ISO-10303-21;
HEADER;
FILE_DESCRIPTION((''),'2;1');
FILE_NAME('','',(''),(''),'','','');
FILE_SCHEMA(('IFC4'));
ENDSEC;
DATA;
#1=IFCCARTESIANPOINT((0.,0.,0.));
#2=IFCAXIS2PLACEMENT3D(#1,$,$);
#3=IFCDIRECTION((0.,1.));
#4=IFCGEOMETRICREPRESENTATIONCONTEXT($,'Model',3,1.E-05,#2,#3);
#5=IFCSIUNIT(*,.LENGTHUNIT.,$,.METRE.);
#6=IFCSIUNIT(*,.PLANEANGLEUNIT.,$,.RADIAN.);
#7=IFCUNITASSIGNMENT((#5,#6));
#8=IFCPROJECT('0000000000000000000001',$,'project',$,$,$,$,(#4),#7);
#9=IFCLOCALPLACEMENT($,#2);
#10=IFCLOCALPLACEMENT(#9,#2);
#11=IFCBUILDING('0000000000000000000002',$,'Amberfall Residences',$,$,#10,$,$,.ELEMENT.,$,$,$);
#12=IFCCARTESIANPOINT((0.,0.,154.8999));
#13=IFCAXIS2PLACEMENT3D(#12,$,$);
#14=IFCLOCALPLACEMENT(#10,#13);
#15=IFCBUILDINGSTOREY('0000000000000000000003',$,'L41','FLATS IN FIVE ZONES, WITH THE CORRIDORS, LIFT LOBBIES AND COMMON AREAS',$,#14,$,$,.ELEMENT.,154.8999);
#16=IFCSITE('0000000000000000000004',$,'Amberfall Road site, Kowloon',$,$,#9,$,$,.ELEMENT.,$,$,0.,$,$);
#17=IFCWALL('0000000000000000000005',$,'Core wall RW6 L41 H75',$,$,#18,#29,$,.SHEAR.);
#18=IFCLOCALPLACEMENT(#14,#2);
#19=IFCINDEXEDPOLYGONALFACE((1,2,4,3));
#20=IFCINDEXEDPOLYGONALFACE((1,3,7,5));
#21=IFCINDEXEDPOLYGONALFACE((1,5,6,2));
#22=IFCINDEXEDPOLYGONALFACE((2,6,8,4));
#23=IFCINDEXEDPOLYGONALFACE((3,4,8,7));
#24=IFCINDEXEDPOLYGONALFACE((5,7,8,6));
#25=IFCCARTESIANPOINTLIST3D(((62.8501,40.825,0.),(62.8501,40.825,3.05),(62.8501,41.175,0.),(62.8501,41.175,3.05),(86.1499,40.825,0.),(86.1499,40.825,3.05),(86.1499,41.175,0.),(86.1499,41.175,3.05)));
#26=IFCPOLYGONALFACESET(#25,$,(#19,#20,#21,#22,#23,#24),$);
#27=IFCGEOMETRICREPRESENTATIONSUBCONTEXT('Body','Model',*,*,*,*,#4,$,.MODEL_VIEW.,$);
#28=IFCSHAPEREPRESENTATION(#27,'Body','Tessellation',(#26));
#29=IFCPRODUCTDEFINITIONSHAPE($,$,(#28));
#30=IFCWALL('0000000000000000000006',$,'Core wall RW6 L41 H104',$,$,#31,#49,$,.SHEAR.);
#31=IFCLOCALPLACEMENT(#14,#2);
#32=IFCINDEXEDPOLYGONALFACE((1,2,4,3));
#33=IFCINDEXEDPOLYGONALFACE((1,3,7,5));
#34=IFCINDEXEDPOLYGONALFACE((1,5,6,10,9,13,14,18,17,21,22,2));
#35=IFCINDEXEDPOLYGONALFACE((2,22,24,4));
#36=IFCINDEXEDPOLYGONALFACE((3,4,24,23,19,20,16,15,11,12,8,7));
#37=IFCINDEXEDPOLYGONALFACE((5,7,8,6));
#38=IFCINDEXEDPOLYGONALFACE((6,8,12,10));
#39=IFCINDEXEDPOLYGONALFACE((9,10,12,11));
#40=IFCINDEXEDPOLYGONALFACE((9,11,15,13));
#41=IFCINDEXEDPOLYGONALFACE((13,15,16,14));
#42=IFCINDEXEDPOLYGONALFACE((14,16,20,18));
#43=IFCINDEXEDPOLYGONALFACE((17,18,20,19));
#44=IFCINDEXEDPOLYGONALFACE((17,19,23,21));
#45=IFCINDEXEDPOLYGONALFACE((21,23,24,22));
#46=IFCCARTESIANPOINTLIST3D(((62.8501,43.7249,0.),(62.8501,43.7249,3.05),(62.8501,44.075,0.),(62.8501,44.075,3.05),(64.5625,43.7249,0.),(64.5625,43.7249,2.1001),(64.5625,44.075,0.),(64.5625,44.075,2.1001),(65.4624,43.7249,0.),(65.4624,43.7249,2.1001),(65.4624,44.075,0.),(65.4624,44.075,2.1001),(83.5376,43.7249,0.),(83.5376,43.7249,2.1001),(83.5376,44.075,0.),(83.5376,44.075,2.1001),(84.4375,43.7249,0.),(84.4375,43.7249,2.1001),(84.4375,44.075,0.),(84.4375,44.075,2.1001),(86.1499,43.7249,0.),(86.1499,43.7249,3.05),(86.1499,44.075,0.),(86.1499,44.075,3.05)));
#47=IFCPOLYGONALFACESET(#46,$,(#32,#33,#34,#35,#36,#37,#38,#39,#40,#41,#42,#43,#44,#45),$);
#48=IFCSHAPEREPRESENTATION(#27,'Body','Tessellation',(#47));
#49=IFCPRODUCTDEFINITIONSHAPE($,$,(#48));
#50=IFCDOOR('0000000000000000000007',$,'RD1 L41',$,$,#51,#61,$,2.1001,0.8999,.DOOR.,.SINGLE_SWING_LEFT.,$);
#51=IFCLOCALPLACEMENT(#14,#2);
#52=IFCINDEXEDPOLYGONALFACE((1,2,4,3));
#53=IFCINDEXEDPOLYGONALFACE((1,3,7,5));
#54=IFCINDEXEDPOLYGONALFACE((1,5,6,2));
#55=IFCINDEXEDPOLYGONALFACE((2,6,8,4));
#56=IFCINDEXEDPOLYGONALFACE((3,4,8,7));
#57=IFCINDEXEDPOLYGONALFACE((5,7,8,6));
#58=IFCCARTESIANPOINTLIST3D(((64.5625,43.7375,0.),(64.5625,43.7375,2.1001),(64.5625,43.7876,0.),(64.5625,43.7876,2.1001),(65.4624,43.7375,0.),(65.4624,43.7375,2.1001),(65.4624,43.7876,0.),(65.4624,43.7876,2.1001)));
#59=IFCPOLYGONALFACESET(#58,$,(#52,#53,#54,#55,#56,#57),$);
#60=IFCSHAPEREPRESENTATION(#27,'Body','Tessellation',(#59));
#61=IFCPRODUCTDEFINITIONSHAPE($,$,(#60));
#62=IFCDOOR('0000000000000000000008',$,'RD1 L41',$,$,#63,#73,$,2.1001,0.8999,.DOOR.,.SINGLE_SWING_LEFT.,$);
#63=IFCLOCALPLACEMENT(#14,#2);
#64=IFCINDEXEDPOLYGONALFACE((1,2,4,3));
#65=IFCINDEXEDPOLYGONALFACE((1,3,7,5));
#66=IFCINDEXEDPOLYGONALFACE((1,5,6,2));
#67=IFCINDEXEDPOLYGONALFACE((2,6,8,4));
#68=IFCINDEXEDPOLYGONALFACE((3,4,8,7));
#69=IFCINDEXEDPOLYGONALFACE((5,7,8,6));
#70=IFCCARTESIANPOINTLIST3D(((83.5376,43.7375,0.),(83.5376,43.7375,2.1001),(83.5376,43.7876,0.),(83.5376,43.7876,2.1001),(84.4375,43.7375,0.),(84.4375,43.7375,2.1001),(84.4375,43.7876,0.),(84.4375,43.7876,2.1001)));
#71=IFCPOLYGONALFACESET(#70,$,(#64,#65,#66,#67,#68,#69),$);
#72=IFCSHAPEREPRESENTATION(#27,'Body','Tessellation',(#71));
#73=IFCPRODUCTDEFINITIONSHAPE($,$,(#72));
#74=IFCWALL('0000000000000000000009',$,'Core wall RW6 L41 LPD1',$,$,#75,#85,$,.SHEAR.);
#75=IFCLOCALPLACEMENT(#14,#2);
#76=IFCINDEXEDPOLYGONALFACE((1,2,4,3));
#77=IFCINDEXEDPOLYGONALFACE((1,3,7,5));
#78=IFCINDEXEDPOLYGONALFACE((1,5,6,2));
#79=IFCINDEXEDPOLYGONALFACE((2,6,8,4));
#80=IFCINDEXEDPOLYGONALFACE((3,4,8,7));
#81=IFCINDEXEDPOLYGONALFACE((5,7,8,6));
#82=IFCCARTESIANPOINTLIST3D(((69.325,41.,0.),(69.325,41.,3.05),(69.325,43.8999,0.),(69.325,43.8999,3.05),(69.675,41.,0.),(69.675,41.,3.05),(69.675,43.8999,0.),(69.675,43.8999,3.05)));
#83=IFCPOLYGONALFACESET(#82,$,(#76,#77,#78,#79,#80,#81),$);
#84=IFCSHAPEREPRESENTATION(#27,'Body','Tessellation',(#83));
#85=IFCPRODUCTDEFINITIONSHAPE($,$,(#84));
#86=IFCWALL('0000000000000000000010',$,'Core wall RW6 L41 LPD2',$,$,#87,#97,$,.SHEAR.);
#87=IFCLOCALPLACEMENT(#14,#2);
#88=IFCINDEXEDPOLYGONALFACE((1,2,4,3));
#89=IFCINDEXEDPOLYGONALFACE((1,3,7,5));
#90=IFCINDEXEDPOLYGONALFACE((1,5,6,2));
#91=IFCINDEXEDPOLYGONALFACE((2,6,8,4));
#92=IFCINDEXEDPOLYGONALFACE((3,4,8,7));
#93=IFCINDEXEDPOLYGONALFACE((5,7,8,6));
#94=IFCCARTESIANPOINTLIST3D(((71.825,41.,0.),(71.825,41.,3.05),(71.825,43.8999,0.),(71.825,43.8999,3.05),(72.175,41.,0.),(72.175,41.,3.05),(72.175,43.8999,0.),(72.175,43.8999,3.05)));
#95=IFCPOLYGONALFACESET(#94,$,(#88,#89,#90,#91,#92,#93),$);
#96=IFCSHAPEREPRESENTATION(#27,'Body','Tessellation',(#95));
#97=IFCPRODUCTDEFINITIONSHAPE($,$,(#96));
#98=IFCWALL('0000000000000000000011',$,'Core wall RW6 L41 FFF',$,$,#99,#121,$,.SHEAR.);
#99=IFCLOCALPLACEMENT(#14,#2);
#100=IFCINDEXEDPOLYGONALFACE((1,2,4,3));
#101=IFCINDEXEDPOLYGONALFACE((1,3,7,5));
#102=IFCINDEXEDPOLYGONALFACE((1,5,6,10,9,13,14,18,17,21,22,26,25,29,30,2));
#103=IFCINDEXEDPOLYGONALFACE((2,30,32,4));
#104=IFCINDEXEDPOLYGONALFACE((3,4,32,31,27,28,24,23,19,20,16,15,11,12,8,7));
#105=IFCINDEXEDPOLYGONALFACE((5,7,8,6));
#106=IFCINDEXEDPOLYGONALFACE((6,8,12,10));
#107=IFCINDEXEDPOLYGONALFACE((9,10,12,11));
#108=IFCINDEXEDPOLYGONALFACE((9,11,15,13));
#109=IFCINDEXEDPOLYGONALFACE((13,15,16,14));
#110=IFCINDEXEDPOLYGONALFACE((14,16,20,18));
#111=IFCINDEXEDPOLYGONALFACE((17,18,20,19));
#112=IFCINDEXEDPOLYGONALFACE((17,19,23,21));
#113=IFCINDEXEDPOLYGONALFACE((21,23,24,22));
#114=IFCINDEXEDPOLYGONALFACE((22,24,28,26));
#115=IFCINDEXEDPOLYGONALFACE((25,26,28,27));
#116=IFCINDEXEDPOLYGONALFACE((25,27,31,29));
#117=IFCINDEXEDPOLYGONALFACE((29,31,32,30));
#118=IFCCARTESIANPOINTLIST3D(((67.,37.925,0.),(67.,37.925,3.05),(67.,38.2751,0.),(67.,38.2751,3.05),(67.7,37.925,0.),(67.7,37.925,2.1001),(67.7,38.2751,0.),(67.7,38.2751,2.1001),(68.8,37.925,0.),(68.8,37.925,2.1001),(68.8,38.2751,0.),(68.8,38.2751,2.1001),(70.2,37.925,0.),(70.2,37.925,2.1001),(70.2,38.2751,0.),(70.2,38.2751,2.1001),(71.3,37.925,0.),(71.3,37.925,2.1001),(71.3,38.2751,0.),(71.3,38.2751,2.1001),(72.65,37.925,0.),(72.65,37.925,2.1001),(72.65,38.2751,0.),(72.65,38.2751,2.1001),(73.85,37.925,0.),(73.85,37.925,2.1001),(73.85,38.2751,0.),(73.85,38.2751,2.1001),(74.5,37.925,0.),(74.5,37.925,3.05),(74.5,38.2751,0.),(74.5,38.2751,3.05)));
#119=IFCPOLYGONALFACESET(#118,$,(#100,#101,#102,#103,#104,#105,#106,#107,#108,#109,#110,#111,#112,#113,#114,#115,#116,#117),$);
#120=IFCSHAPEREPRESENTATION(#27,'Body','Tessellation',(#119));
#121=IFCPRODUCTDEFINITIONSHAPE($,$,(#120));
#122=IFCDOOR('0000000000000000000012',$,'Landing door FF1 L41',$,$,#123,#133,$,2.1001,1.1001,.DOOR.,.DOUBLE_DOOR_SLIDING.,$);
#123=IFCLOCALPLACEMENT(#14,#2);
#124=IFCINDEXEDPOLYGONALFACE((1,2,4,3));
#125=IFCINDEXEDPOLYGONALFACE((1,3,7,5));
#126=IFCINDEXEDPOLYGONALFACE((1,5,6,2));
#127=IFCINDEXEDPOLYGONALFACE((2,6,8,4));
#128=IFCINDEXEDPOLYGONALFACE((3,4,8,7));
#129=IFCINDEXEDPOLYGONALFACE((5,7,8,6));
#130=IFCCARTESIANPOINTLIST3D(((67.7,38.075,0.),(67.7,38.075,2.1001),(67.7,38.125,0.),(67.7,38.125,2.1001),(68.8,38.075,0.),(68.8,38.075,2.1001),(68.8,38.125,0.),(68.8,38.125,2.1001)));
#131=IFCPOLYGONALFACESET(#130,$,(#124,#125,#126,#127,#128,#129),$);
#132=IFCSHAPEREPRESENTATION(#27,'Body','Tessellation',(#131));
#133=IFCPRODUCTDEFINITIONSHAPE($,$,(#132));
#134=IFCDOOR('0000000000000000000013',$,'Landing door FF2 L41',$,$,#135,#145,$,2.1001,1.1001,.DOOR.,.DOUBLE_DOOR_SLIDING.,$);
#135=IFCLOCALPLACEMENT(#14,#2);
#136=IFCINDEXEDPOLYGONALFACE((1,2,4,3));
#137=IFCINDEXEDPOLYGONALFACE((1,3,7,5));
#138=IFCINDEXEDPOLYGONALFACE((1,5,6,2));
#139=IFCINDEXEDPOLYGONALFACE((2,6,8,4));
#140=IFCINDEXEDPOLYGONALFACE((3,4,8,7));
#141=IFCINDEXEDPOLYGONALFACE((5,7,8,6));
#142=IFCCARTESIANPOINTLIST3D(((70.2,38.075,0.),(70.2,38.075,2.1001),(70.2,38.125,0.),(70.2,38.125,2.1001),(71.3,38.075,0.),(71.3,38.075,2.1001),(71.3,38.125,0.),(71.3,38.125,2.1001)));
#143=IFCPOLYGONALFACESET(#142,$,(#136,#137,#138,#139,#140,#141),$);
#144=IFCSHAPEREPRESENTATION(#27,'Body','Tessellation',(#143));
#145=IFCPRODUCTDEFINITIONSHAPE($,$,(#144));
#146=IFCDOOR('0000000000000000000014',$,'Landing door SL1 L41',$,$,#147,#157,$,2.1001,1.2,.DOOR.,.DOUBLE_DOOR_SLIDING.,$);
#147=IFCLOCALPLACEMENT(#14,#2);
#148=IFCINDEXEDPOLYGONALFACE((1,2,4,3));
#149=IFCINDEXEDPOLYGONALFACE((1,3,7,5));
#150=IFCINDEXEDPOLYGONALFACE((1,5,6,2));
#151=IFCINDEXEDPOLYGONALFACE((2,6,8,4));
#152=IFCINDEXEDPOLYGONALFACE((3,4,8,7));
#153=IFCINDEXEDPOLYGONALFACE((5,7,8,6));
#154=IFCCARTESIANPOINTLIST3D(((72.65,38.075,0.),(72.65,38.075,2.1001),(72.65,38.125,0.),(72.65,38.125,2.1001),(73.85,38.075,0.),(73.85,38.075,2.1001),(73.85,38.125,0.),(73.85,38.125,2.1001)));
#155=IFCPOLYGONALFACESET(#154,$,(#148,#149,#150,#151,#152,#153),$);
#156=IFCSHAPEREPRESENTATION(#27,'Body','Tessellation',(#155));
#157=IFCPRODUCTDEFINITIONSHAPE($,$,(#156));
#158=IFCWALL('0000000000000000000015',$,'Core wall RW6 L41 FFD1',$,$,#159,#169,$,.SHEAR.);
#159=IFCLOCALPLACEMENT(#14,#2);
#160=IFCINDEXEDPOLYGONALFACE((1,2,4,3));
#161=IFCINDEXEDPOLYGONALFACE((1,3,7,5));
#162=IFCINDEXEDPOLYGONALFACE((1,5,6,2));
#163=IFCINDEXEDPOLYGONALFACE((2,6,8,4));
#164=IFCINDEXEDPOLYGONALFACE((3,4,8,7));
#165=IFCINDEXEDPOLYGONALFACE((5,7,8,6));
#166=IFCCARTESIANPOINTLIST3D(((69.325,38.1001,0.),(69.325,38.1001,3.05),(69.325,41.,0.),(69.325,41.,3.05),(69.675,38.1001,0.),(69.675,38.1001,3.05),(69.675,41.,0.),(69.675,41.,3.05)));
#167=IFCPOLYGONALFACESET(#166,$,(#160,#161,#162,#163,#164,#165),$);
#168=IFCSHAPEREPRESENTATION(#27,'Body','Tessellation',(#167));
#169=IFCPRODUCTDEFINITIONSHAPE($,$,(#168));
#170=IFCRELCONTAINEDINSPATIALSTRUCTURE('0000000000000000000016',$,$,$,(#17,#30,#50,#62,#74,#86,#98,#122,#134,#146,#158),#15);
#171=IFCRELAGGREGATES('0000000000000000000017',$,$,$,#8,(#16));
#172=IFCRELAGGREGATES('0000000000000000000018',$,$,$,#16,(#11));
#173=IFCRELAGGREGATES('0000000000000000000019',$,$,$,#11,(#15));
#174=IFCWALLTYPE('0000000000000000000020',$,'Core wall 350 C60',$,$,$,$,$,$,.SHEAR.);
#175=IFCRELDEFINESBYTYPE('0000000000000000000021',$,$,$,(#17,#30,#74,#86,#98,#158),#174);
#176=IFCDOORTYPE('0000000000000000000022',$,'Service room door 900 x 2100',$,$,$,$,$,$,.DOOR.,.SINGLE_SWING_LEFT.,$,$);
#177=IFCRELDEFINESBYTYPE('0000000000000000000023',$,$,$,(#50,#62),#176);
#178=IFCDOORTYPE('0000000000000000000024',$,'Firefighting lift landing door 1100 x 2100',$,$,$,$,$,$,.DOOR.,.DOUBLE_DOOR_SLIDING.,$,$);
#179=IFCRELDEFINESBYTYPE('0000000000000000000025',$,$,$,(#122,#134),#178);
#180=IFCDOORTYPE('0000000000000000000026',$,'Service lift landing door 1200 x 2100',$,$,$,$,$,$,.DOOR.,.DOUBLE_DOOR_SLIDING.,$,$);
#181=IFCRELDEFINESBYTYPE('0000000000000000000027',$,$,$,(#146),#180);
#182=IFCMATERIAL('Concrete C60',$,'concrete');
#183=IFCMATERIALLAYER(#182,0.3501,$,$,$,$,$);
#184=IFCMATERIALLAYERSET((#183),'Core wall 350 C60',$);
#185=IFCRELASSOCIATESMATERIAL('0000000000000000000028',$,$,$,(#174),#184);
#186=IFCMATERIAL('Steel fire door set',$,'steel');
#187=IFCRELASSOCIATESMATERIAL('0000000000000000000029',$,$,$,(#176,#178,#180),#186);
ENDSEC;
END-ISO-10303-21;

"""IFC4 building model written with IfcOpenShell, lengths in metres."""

from ifc_helpers import new_model, si_unit, direction, frame, frame_2d, origin, place, context, subcontext, project, spatial, rectangle, extrude, material, layer, layer_set, type_object, element, fill, save


model = new_model("IFC4")

# Units and contexts
model_context = context("Model", 3, precision=1e-05, world=origin(), true_north=direction((0.0, 1.0)))
body_context = subcontext(model_context, "Body", "Model", "MODEL_VIEW")
ifc_project = project(units=[si_unit("LENGTHUNIT", "METRE"), si_unit("PLANEANGLEUNIT", "RADIAN")], contexts=[model_context])

# Site, building, storey
site_placement = place(None, origin())
site = spatial("IfcSite", under=ifc_project, at=site_placement, Name="Amberfall Road site, Kowloon", CompositionType="ELEMENT", RefElevation=0.0)
building_placement = place(site_placement, origin())
building = spatial("IfcBuilding", under=site, at=building_placement, Name="Amberfall Residences", CompositionType="ELEMENT")
storey_placement = place(building_placement, frame((0.0, 0.0, 154.8999)))
storey = spatial("IfcBuildingStorey", under=building, at=storey_placement, Name="L41", Description="FLATS IN FIVE ZONES, WITH THE CORRIDORS, LIFT LOBBIES AND COMMON AREAS", CompositionType="ELEMENT", Elevation=154.8999)

# Wall
ifc_material_1 = material(Name="Concrete C60", Category="concrete")
ifc_layer_1 = layer(ifc_material_1, 0.3501)
ifc_layer_set_1 = layer_set([ifc_layer_1], Name="Core wall 350 C60")
wall_type_1 = type_object("IfcWallType", Name="Core wall 350 C60", PredefinedType="SHEAR", material=ifc_layer_set_1)
wall_1_placement = place(storey_placement, frame((62.8501, 41.0, 0.0), z_axis=(0.0, 0.0, 1.0), x_axis=(1.0, 0.0, 0.0)))
element("IfcWall", 1, at=wall_1_placement, inside=storey, type_object=wall_type_1, Name="Core wall RW6 L41 H75", PredefinedType="SHEAR", context=body_context, shape_type="SweptSolid", body=[
    extrude(rectangle(XDim=23.2998, YDim=0.3501, at=frame_2d((11.6499, 0.0))), origin(), (0.0, 0.0, 1.0), 3.05),
])

# Wall, openings, doors
wall_2_placement = place(storey_placement, frame((62.8501, 43.8999, 0.0), z_axis=(0.0, 0.0, 1.0), x_axis=(1.0, 0.0, 0.0)))
wall_2 = element("IfcWall", 2, at=wall_2_placement, inside=storey, type_object=wall_type_1, Name="Core wall RW6 L41 H104", PredefinedType="SHEAR", context=body_context, shape_type="SweptSolid", body=[
    extrude(rectangle(XDim=23.2998, YDim=0.3501, at=frame_2d((11.6499, 0.0))), origin(), (0.0, 0.0, 1.0), 3.05),
])
opening_1_placement = place(wall_2_placement, frame((1.7124, 0.0, 0.0)))
opening_1 = element("IfcOpeningElement", 3, at=opening_1_placement, cuts=wall_2, PredefinedType="OPENING", context=body_context, shape_type="SweptSolid", body=[
    extrude(rectangle(XDim=0.8999, YDim=2.1001, at=frame_2d((0.45, 1.05))), frame((0.0, 0.1851, 0.0), z_axis=(0.0, -1.0, 0.0), x_axis=(1.0, 0.0, 0.0)), (0.0, 0.0, 1.0), 0.3701),
])
opening_2_placement = place(wall_2_placement, frame((20.6875, 0.0, 0.0)))
opening_2 = element("IfcOpeningElement", 4, at=opening_2_placement, cuts=wall_2, PredefinedType="OPENING", context=body_context, shape_type="SweptSolid", body=[
    extrude(rectangle(XDim=0.8999, YDim=2.1001, at=frame_2d((0.45, 1.05))), frame((0.0, 0.1851, 0.0), z_axis=(0.0, -1.0, 0.0), x_axis=(1.0, 0.0, 0.0)), (0.0, 0.0, 1.0), 0.3701),
])
ifc_material_2 = material(Name="Steel fire door set", Category="steel")
door_type_1 = type_object("IfcDoorType", Name="Service room door 900 x 2100", OperationType="SINGLE_SWING_LEFT", PredefinedType="DOOR", material=ifc_material_2)
door_1_placement = place(opening_1_placement, origin())
door_1 = element("IfcDoor", 5, at=door_1_placement, inside=storey, type_object=door_type_1, Name="RD1 L41", OperationType="SINGLE_SWING_LEFT", OverallHeight=2.1001, OverallWidth=0.8999, PredefinedType="DOOR", context=body_context, shape_type="SweptSolid", body=[
    extrude(rectangle(XDim=0.8999, YDim=2.1001, at=frame_2d((0.45, 1.05))), frame((0.0, -0.1123, 0.0), z_axis=(0.0, -1.0, 0.0), x_axis=(1.0, 0.0, 0.0)), (0.0, 0.0, 1.0), 0.05),
])
fill(opening_1, door_1)
door_2_placement = place(opening_2_placement, origin())
door_2 = element("IfcDoor", 6, at=door_2_placement, inside=storey, type_object=door_type_1, Name="RD1 L41", OperationType="SINGLE_SWING_LEFT", OverallHeight=2.1001, OverallWidth=0.8999, PredefinedType="DOOR", context=body_context, shape_type="SweptSolid", body=[
    extrude(rectangle(XDim=0.8999, YDim=2.1001, at=frame_2d((0.45, 1.05))), frame((0.0, -0.1123, 0.0), z_axis=(0.0, -1.0, 0.0), x_axis=(1.0, 0.0, 0.0)), (0.0, 0.0, 1.0), 0.05),
])
fill(opening_2, door_2)

# Walls
for number, where, z_axis, x_axis, name in (
    (7, (69.5, 41.0, 0.0), (0.0, 0.0, 1.0), (0.0, 1.0, 0.0), "Core wall RW6 L41 LPD1"),
    (8, (72.0, 41.0, 0.0), (0.0, 0.0, 1.0), (0.0, 1.0, 0.0), "Core wall RW6 L41 LPD2"),
):
    element("IfcWall", number, at=place(storey_placement, frame(where, z_axis=z_axis, x_axis=x_axis)), inside=storey, type_object=wall_type_1, Name=name, PredefinedType="SHEAR", context=body_context, shape_type="SweptSolid", body=[
        extrude(rectangle(XDim=2.8999, YDim=0.3501, at=frame_2d((1.45, 0.0))), origin(), (0.0, 0.0, 1.0), 3.05),
    ])

# Wall, openings, doors
wall_3_placement = place(storey_placement, frame((67.0, 38.1001, 0.0), z_axis=(0.0, 0.0, 1.0), x_axis=(1.0, 0.0, 0.0)))
wall_3 = element("IfcWall", 9, at=wall_3_placement, inside=storey, type_object=wall_type_1, Name="Core wall RW6 L41 FFF", PredefinedType="SHEAR", context=body_context, shape_type="SweptSolid", body=[
    extrude(rectangle(XDim=7.5, YDim=0.3501, at=frame_2d((3.75, 0.0))), origin(), (0.0, 0.0, 1.0), 3.05),
])
opening_3_placement = place(wall_3_placement, frame((0.7, 0.0, 0.0)))
opening_3 = element("IfcOpeningElement", 10, at=opening_3_placement, cuts=wall_3, PredefinedType="OPENING", context=body_context, shape_type="SweptSolid", body=[
    extrude(rectangle(XDim=1.1001, YDim=2.1001, at=frame_2d((0.55, 1.05))), frame((0.0, 0.1851, 0.0), z_axis=(0.0, -1.0, 0.0), x_axis=(1.0, 0.0, 0.0)), (0.0, 0.0, 1.0), 0.3701),
])
opening_4_placement = place(wall_3_placement, frame((3.2, 0.0, 0.0)))
opening_4 = element("IfcOpeningElement", 11, at=opening_4_placement, cuts=wall_3, PredefinedType="OPENING", context=body_context, shape_type="SweptSolid", body=[
    extrude(rectangle(XDim=1.1001, YDim=2.1001, at=frame_2d((0.55, 1.05))), frame((0.0, 0.1851, 0.0), z_axis=(0.0, -1.0, 0.0), x_axis=(1.0, 0.0, 0.0)), (0.0, 0.0, 1.0), 0.3701),
])
opening_5_placement = place(wall_3_placement, frame((5.6499, 0.0, 0.0)))
opening_5 = element("IfcOpeningElement", 12, at=opening_5_placement, cuts=wall_3, PredefinedType="OPENING", context=body_context, shape_type="SweptSolid", body=[
    extrude(rectangle(XDim=1.2, YDim=2.1001, at=frame_2d((0.6001, 1.05))), frame((0.0, 0.1851, 0.0), z_axis=(0.0, -1.0, 0.0), x_axis=(1.0, 0.0, 0.0)), (0.0, 0.0, 1.0), 0.3701),
])
door_type_2 = type_object("IfcDoorType", Name="Firefighting lift landing door 1100 x 2100", OperationType="DOUBLE_DOOR_SLIDING", PredefinedType="DOOR", material=ifc_material_2)
door_3_placement = place(opening_3_placement, origin())
door_3 = element("IfcDoor", 13, at=door_3_placement, inside=storey, type_object=door_type_2, Name="Landing door FF1 L41", OperationType="DOUBLE_DOOR_SLIDING", OverallHeight=2.1001, OverallWidth=1.1001, PredefinedType="DOOR", context=body_context, shape_type="SweptSolid", body=[
    extrude(rectangle(XDim=1.1001, YDim=2.1001, at=frame_2d((0.55, 1.05))), frame((0.0, 0.0249, 0.0), z_axis=(0.0, -1.0, 0.0), x_axis=(1.0, 0.0, 0.0)), (0.0, 0.0, 1.0), 0.05),
])
fill(opening_3, door_3)
door_4_placement = place(opening_4_placement, origin())
door_4 = element("IfcDoor", 14, at=door_4_placement, inside=storey, type_object=door_type_2, Name="Landing door FF2 L41", OperationType="DOUBLE_DOOR_SLIDING", OverallHeight=2.1001, OverallWidth=1.1001, PredefinedType="DOOR", context=body_context, shape_type="SweptSolid", body=[
    extrude(rectangle(XDim=1.1001, YDim=2.1001, at=frame_2d((0.55, 1.05))), frame((0.0, 0.0249, 0.0), z_axis=(0.0, -1.0, 0.0), x_axis=(1.0, 0.0, 0.0)), (0.0, 0.0, 1.0), 0.05),
])
fill(opening_4, door_4)
door_type_3 = type_object("IfcDoorType", Name="Service lift landing door 1200 x 2100", OperationType="DOUBLE_DOOR_SLIDING", PredefinedType="DOOR", material=ifc_material_2)
door_5_placement = place(opening_5_placement, origin())
door_5 = element("IfcDoor", 15, at=door_5_placement, inside=storey, type_object=door_type_3, Name="Landing door SL1 L41", OperationType="DOUBLE_DOOR_SLIDING", OverallHeight=2.1001, OverallWidth=1.2, PredefinedType="DOOR", context=body_context, shape_type="SweptSolid", body=[
    extrude(rectangle(XDim=1.2, YDim=2.1001, at=frame_2d((0.6001, 1.05))), frame((0.0, 0.0249, 0.0), z_axis=(0.0, -1.0, 0.0), x_axis=(1.0, 0.0, 0.0)), (0.0, 0.0, 1.0), 0.05),
])
fill(opening_5, door_5)

# Wall
wall_4_placement = place(storey_placement, frame((69.5, 38.1001, 0.0), z_axis=(0.0, 0.0, 1.0), x_axis=(0.0, 1.0, 0.0)))
element("IfcWall", 16, at=wall_4_placement, inside=storey, type_object=wall_type_1, Name="Core wall RW6 L41 FFD1", PredefinedType="SHEAR", context=body_context, shape_type="SweptSolid", body=[
    extrude(rectangle(XDim=2.8999, YDim=0.3501, at=frame_2d((1.45, 0.0))), origin(), (0.0, 0.0, 1.0), 3.05),
])

save(model, "model.ifc")
